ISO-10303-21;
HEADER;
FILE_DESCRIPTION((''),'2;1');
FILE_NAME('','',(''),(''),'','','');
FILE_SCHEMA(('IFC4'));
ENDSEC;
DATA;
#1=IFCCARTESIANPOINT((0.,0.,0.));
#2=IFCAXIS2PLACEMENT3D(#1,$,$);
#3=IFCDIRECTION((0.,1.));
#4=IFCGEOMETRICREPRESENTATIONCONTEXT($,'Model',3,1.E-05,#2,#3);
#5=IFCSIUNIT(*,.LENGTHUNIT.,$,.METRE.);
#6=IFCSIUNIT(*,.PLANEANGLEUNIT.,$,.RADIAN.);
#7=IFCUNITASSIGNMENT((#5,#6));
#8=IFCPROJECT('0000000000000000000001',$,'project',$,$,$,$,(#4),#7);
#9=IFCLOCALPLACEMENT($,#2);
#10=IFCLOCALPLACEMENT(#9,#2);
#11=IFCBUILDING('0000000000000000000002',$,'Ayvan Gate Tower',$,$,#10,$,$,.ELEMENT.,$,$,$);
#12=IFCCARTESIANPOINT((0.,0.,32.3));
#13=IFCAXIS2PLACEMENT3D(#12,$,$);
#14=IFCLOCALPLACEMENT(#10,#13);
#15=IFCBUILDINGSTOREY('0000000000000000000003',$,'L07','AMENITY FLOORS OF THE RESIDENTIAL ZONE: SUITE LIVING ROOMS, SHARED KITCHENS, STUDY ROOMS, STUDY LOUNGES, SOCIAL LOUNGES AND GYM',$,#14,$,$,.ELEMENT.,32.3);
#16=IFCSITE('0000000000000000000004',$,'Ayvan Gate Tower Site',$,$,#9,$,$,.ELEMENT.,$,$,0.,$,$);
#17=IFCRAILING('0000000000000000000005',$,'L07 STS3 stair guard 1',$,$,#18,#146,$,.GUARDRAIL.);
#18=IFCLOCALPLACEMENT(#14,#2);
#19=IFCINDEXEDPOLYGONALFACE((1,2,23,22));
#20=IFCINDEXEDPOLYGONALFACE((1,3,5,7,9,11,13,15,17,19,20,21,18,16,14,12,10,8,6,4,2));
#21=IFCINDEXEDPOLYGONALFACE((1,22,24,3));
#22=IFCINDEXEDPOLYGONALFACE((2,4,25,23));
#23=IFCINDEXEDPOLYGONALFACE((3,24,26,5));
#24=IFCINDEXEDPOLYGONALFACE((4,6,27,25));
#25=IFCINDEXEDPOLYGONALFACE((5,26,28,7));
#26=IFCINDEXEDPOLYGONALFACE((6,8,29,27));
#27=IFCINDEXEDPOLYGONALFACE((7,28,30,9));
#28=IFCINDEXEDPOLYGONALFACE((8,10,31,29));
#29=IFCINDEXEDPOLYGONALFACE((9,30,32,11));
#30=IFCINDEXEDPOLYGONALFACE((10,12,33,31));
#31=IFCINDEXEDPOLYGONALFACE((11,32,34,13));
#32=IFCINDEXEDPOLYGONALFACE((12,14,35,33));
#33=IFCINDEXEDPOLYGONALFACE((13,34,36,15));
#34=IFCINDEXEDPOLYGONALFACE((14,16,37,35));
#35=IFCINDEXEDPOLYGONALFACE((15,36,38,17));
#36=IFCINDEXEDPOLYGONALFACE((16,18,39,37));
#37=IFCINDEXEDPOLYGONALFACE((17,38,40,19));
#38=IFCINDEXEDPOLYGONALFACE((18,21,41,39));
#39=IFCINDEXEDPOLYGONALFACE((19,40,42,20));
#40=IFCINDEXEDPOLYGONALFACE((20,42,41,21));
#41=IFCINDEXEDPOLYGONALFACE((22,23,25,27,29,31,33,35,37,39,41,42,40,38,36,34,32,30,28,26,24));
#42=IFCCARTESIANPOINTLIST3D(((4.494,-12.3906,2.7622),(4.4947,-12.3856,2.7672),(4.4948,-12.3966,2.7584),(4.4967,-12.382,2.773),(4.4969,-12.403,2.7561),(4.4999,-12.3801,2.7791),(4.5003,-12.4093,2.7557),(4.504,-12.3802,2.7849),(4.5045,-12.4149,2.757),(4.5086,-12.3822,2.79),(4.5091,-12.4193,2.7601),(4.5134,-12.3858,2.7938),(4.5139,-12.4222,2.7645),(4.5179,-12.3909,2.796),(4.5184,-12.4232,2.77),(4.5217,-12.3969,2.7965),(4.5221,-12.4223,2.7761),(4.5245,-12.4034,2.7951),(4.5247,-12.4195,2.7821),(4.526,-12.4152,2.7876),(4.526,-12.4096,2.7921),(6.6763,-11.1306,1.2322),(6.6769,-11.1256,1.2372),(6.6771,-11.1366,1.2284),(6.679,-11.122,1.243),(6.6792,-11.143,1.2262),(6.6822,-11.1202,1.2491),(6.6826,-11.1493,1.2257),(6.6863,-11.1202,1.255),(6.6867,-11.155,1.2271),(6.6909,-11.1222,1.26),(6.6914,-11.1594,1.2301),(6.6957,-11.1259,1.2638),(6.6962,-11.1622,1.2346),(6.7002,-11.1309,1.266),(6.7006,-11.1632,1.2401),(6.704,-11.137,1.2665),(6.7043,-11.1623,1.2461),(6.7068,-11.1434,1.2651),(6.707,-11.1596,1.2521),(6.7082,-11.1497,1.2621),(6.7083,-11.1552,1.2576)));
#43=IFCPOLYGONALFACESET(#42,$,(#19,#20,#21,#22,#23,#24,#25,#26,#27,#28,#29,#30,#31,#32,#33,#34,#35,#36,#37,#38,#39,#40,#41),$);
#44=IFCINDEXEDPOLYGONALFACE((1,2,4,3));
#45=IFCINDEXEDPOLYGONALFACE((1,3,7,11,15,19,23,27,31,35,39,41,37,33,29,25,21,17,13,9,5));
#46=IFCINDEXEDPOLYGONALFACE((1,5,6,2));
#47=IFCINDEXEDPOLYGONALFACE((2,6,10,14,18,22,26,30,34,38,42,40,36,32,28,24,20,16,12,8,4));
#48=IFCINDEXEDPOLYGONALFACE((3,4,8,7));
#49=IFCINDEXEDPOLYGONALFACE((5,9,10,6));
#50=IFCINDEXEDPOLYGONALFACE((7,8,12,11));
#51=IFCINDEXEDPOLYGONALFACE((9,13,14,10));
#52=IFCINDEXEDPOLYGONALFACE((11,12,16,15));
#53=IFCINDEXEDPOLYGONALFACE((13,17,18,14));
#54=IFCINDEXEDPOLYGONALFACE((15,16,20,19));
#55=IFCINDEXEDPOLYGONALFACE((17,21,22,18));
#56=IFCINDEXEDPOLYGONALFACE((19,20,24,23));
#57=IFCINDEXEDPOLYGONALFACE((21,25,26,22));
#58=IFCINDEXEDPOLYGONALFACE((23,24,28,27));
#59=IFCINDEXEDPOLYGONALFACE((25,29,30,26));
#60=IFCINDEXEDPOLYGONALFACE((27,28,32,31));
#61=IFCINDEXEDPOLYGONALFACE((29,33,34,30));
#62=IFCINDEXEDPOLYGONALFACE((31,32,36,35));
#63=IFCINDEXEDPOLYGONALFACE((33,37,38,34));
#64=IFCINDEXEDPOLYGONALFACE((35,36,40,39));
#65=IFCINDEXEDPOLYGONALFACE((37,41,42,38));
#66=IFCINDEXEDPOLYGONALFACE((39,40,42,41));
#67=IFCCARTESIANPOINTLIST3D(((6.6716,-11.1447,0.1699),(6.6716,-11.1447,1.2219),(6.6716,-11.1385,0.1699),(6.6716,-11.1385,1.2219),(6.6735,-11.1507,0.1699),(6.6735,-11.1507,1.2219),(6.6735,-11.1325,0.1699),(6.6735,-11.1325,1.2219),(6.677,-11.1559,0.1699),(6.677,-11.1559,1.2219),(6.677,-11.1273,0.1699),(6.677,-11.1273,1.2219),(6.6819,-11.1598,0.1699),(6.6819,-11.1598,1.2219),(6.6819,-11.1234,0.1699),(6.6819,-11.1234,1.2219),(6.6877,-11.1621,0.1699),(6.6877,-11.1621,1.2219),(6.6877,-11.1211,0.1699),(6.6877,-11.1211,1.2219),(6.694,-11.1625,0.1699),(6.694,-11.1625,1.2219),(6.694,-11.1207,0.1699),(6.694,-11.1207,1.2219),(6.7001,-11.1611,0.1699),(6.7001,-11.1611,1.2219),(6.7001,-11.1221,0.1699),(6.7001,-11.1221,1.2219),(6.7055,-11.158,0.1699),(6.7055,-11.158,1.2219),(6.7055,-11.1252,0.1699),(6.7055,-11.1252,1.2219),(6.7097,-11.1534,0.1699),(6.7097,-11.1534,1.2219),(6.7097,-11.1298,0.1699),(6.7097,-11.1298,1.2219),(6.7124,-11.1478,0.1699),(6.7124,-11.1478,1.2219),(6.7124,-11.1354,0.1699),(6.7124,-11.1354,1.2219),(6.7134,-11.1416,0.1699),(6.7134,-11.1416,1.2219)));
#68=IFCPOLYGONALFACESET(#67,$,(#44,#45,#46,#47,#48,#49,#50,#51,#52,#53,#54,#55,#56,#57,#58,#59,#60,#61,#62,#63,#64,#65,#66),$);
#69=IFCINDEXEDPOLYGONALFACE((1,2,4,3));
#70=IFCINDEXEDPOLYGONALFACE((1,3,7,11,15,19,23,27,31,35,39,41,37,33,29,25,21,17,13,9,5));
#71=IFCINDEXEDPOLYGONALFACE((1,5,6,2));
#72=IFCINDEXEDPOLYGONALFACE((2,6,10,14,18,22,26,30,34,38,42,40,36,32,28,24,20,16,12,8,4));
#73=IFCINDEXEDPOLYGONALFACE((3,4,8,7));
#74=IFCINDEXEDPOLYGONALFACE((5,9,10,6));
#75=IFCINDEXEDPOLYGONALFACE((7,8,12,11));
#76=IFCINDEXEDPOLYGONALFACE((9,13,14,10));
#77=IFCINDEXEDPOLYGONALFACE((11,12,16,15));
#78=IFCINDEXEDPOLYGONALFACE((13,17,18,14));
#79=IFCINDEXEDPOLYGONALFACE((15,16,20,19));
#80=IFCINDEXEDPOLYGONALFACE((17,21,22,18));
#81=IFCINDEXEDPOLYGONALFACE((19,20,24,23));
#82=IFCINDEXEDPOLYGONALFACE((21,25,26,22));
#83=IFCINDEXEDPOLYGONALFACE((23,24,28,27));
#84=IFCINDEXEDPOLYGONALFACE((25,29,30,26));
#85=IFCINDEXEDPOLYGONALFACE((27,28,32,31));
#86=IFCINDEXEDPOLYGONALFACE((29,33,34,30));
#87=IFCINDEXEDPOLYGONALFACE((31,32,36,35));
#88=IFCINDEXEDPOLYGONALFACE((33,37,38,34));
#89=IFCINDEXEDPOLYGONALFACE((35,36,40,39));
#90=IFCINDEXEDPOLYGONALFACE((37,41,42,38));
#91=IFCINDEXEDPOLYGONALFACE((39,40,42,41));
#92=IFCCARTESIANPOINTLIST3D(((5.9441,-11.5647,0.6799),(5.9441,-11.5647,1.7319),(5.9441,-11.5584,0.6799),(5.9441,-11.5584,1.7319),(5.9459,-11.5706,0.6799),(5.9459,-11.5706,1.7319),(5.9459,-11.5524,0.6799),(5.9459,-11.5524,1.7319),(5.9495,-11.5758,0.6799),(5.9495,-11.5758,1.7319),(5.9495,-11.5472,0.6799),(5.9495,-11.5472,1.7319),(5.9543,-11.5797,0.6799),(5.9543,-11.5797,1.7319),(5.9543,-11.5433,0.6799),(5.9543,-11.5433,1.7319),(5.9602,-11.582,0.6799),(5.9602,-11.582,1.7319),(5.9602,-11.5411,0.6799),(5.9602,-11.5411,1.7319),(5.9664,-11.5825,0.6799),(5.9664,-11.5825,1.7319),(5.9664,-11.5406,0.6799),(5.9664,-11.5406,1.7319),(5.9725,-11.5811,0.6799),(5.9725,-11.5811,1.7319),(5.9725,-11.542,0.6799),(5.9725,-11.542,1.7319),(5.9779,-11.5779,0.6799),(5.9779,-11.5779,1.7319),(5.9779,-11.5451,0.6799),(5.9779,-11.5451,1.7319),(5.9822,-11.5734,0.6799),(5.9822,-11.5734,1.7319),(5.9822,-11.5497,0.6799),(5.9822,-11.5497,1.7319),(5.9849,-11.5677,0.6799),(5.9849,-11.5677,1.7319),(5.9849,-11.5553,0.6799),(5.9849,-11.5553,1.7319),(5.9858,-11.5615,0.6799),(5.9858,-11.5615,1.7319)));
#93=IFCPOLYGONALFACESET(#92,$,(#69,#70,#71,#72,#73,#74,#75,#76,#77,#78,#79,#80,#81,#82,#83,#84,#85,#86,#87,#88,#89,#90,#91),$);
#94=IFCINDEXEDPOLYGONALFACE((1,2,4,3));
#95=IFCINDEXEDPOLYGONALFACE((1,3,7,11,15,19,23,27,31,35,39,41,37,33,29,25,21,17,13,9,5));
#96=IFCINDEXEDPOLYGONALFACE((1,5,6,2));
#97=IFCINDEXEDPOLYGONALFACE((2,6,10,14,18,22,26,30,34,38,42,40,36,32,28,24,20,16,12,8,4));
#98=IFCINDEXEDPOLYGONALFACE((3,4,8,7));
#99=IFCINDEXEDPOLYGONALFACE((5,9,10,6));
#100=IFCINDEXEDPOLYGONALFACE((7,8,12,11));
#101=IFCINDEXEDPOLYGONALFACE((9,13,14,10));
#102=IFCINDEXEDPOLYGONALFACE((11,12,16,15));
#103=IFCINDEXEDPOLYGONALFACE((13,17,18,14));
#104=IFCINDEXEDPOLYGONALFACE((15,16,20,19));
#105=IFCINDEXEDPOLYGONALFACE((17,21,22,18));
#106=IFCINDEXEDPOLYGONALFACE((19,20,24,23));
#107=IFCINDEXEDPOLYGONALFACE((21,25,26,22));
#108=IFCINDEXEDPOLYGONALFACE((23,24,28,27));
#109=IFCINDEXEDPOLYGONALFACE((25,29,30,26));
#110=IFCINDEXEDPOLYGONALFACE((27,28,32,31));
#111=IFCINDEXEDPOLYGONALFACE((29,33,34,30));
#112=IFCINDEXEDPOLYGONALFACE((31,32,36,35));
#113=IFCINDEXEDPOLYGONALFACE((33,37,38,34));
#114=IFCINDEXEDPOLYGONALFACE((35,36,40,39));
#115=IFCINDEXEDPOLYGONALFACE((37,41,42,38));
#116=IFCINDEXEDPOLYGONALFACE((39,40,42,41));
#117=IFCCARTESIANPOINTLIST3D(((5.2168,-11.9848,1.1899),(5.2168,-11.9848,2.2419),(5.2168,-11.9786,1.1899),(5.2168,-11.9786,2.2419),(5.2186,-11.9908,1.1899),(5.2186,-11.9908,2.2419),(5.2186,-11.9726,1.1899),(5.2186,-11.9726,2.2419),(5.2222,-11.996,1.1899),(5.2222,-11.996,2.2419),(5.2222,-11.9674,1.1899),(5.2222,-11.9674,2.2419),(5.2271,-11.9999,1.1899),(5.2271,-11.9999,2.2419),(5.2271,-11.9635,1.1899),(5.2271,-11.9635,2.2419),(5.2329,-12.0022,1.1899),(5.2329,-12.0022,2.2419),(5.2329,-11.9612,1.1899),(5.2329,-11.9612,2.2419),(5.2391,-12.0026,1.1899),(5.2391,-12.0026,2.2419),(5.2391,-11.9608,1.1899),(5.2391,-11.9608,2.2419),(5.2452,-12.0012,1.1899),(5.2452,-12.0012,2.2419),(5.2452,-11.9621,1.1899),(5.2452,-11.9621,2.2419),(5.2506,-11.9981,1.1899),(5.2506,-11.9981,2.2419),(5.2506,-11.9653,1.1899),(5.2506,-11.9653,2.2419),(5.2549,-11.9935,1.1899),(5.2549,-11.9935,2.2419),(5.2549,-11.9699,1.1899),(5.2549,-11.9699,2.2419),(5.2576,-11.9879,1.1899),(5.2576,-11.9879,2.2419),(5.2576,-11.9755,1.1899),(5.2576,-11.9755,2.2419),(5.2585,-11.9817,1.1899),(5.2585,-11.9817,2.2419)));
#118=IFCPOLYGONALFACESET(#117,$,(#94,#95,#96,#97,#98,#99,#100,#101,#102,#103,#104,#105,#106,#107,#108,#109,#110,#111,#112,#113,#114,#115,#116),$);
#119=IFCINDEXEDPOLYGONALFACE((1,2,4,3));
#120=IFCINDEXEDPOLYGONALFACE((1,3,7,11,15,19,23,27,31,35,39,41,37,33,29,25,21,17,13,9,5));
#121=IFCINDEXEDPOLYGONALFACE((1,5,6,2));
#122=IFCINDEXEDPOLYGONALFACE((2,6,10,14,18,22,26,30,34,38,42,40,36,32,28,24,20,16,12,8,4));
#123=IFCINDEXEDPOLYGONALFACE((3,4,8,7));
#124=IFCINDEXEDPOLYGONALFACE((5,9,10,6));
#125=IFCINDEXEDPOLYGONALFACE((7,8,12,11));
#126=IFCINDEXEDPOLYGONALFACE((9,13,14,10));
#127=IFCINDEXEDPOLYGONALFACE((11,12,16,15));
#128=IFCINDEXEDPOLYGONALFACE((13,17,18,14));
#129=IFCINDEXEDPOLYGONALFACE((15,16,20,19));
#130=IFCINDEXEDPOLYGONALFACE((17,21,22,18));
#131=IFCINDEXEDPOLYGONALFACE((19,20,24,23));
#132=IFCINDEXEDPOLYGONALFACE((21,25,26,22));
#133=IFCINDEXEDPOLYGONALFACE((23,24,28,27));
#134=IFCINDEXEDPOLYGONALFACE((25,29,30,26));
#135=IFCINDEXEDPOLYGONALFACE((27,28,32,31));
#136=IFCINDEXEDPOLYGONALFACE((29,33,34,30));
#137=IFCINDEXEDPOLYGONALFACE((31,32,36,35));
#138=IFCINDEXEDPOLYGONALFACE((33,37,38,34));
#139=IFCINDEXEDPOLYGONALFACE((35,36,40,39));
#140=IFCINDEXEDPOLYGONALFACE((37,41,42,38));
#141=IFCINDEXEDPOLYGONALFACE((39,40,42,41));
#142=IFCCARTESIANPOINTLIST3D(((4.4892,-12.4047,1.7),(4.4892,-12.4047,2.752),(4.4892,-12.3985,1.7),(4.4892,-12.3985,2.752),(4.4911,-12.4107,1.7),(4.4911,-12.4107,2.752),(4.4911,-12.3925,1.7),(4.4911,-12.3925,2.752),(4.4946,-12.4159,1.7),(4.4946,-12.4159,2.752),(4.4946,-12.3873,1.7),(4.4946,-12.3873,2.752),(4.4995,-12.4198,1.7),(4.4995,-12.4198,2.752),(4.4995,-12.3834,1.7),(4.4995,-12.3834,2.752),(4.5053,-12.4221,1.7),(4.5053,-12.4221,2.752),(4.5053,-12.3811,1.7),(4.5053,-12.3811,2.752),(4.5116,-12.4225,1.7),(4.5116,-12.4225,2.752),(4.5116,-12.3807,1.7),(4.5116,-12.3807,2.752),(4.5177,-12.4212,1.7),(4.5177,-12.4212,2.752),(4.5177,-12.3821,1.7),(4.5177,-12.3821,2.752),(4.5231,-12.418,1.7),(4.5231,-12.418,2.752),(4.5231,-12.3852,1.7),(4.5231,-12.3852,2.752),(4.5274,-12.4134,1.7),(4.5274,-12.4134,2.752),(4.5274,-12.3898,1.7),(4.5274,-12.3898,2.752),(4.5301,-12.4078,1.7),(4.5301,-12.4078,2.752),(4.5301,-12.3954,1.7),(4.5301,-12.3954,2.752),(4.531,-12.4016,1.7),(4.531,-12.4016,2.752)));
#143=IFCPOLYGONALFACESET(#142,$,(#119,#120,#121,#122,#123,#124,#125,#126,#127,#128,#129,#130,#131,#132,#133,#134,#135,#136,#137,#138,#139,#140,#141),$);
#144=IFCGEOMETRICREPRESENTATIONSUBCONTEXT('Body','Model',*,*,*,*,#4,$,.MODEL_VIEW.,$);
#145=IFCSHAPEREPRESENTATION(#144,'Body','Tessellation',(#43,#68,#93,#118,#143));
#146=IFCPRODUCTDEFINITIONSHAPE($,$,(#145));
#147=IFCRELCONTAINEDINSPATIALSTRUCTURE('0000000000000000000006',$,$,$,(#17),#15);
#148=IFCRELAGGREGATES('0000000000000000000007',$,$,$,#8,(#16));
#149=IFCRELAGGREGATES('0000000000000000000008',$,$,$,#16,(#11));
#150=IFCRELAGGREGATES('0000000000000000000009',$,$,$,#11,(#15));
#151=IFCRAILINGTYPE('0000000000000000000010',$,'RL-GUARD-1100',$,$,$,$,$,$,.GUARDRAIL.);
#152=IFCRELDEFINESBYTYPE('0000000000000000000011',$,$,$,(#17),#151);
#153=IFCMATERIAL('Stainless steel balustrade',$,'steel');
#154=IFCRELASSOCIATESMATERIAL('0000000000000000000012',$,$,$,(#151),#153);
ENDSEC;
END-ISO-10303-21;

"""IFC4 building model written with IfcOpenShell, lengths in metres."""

from ifc_helpers import new_model, si_unit, direction, frame, origin, origin_2d, place, context, subcontext, project, spatial, circle, extrude, material, type_object, element, save


model = new_model("IFC4")

# Units and contexts
model_context = context("Model", 3, precision=1e-05, world=origin(), true_north=direction((0.0, 1.0)))
body_context = subcontext(model_context, "Body", "Model", "MODEL_VIEW")
ifc_project = project(units=[si_unit("LENGTHUNIT", "METRE"), si_unit("PLANEANGLEUNIT", "RADIAN")], contexts=[model_context])

# Site, building, storey
site_placement = place(None, origin())
site = spatial("IfcSite", under=ifc_project, at=site_placement, Name="Ayvan Gate Tower Site", CompositionType="ELEMENT", RefElevation=0.0)
building_placement = place(site_placement, origin())
building = spatial("IfcBuilding", under=site, at=building_placement, Name="Ayvan Gate Tower", CompositionType="ELEMENT")
storey_placement = place(building_placement, frame((0.0, 0.0, 32.3)))
storey = spatial("IfcBuildingStorey", under=building, at=storey_placement, Name="L07", Description="AMENITY FLOORS OF THE RESIDENTIAL ZONE: SUITE LIVING ROOMS, SHARED KITCHENS, STUDY ROOMS, STUDY LOUNGES, SOCIAL LOUNGES AND GYM", CompositionType="ELEMENT", Elevation=32.3)

# Railing
ifc_material_1 = material(Name="Stainless steel balustrade", Category="steel")
railing_type_1 = type_object("IfcRailingType", Name="RL-GUARD-1100", PredefinedType="GUARDRAIL", material=ifc_material_1)
railing_1_placement = place(storey_placement, frame((6.6924, -11.1416, 0.1699)))
element("IfcRailing", 1, at=railing_1_placement, inside=storey, type_object=railing_type_1, Name="L07 STS3 stair guard 1", PredefinedType="GUARDRAIL", context=body_context, shape_type="SweptSolid", body=[
    extrude(circle(Radius=0.0239, at=origin_2d()), frame((0.0, 0.0, 1.0762), z_axis=(-0.740261, -0.427395, 0.518986), x_axis=(0.500005, -0.866023, 0.0)), (0.0, 0.0, 1.0), 2.948),
    extrude(circle(Radius=0.021, at=origin_2d()), origin(), (0.0, 0.0, 1.0), 1.052),
    extrude(circle(Radius=0.021, at=origin_2d()), frame((-0.7275, -0.4199, 0.51)), (0.0, 0.0, 1.0), 1.052),
    extrude(circle(Radius=0.021, at=origin_2d()), frame((-1.4548, -0.8401, 1.02)), (0.0, 0.0, 1.0), 1.052),
    extrude(circle(Radius=0.021, at=origin_2d()), frame((-2.1824, -1.26, 1.53)), (0.0, 0.0, 1.0), 1.052),
])

save(model, "model.ifc")
